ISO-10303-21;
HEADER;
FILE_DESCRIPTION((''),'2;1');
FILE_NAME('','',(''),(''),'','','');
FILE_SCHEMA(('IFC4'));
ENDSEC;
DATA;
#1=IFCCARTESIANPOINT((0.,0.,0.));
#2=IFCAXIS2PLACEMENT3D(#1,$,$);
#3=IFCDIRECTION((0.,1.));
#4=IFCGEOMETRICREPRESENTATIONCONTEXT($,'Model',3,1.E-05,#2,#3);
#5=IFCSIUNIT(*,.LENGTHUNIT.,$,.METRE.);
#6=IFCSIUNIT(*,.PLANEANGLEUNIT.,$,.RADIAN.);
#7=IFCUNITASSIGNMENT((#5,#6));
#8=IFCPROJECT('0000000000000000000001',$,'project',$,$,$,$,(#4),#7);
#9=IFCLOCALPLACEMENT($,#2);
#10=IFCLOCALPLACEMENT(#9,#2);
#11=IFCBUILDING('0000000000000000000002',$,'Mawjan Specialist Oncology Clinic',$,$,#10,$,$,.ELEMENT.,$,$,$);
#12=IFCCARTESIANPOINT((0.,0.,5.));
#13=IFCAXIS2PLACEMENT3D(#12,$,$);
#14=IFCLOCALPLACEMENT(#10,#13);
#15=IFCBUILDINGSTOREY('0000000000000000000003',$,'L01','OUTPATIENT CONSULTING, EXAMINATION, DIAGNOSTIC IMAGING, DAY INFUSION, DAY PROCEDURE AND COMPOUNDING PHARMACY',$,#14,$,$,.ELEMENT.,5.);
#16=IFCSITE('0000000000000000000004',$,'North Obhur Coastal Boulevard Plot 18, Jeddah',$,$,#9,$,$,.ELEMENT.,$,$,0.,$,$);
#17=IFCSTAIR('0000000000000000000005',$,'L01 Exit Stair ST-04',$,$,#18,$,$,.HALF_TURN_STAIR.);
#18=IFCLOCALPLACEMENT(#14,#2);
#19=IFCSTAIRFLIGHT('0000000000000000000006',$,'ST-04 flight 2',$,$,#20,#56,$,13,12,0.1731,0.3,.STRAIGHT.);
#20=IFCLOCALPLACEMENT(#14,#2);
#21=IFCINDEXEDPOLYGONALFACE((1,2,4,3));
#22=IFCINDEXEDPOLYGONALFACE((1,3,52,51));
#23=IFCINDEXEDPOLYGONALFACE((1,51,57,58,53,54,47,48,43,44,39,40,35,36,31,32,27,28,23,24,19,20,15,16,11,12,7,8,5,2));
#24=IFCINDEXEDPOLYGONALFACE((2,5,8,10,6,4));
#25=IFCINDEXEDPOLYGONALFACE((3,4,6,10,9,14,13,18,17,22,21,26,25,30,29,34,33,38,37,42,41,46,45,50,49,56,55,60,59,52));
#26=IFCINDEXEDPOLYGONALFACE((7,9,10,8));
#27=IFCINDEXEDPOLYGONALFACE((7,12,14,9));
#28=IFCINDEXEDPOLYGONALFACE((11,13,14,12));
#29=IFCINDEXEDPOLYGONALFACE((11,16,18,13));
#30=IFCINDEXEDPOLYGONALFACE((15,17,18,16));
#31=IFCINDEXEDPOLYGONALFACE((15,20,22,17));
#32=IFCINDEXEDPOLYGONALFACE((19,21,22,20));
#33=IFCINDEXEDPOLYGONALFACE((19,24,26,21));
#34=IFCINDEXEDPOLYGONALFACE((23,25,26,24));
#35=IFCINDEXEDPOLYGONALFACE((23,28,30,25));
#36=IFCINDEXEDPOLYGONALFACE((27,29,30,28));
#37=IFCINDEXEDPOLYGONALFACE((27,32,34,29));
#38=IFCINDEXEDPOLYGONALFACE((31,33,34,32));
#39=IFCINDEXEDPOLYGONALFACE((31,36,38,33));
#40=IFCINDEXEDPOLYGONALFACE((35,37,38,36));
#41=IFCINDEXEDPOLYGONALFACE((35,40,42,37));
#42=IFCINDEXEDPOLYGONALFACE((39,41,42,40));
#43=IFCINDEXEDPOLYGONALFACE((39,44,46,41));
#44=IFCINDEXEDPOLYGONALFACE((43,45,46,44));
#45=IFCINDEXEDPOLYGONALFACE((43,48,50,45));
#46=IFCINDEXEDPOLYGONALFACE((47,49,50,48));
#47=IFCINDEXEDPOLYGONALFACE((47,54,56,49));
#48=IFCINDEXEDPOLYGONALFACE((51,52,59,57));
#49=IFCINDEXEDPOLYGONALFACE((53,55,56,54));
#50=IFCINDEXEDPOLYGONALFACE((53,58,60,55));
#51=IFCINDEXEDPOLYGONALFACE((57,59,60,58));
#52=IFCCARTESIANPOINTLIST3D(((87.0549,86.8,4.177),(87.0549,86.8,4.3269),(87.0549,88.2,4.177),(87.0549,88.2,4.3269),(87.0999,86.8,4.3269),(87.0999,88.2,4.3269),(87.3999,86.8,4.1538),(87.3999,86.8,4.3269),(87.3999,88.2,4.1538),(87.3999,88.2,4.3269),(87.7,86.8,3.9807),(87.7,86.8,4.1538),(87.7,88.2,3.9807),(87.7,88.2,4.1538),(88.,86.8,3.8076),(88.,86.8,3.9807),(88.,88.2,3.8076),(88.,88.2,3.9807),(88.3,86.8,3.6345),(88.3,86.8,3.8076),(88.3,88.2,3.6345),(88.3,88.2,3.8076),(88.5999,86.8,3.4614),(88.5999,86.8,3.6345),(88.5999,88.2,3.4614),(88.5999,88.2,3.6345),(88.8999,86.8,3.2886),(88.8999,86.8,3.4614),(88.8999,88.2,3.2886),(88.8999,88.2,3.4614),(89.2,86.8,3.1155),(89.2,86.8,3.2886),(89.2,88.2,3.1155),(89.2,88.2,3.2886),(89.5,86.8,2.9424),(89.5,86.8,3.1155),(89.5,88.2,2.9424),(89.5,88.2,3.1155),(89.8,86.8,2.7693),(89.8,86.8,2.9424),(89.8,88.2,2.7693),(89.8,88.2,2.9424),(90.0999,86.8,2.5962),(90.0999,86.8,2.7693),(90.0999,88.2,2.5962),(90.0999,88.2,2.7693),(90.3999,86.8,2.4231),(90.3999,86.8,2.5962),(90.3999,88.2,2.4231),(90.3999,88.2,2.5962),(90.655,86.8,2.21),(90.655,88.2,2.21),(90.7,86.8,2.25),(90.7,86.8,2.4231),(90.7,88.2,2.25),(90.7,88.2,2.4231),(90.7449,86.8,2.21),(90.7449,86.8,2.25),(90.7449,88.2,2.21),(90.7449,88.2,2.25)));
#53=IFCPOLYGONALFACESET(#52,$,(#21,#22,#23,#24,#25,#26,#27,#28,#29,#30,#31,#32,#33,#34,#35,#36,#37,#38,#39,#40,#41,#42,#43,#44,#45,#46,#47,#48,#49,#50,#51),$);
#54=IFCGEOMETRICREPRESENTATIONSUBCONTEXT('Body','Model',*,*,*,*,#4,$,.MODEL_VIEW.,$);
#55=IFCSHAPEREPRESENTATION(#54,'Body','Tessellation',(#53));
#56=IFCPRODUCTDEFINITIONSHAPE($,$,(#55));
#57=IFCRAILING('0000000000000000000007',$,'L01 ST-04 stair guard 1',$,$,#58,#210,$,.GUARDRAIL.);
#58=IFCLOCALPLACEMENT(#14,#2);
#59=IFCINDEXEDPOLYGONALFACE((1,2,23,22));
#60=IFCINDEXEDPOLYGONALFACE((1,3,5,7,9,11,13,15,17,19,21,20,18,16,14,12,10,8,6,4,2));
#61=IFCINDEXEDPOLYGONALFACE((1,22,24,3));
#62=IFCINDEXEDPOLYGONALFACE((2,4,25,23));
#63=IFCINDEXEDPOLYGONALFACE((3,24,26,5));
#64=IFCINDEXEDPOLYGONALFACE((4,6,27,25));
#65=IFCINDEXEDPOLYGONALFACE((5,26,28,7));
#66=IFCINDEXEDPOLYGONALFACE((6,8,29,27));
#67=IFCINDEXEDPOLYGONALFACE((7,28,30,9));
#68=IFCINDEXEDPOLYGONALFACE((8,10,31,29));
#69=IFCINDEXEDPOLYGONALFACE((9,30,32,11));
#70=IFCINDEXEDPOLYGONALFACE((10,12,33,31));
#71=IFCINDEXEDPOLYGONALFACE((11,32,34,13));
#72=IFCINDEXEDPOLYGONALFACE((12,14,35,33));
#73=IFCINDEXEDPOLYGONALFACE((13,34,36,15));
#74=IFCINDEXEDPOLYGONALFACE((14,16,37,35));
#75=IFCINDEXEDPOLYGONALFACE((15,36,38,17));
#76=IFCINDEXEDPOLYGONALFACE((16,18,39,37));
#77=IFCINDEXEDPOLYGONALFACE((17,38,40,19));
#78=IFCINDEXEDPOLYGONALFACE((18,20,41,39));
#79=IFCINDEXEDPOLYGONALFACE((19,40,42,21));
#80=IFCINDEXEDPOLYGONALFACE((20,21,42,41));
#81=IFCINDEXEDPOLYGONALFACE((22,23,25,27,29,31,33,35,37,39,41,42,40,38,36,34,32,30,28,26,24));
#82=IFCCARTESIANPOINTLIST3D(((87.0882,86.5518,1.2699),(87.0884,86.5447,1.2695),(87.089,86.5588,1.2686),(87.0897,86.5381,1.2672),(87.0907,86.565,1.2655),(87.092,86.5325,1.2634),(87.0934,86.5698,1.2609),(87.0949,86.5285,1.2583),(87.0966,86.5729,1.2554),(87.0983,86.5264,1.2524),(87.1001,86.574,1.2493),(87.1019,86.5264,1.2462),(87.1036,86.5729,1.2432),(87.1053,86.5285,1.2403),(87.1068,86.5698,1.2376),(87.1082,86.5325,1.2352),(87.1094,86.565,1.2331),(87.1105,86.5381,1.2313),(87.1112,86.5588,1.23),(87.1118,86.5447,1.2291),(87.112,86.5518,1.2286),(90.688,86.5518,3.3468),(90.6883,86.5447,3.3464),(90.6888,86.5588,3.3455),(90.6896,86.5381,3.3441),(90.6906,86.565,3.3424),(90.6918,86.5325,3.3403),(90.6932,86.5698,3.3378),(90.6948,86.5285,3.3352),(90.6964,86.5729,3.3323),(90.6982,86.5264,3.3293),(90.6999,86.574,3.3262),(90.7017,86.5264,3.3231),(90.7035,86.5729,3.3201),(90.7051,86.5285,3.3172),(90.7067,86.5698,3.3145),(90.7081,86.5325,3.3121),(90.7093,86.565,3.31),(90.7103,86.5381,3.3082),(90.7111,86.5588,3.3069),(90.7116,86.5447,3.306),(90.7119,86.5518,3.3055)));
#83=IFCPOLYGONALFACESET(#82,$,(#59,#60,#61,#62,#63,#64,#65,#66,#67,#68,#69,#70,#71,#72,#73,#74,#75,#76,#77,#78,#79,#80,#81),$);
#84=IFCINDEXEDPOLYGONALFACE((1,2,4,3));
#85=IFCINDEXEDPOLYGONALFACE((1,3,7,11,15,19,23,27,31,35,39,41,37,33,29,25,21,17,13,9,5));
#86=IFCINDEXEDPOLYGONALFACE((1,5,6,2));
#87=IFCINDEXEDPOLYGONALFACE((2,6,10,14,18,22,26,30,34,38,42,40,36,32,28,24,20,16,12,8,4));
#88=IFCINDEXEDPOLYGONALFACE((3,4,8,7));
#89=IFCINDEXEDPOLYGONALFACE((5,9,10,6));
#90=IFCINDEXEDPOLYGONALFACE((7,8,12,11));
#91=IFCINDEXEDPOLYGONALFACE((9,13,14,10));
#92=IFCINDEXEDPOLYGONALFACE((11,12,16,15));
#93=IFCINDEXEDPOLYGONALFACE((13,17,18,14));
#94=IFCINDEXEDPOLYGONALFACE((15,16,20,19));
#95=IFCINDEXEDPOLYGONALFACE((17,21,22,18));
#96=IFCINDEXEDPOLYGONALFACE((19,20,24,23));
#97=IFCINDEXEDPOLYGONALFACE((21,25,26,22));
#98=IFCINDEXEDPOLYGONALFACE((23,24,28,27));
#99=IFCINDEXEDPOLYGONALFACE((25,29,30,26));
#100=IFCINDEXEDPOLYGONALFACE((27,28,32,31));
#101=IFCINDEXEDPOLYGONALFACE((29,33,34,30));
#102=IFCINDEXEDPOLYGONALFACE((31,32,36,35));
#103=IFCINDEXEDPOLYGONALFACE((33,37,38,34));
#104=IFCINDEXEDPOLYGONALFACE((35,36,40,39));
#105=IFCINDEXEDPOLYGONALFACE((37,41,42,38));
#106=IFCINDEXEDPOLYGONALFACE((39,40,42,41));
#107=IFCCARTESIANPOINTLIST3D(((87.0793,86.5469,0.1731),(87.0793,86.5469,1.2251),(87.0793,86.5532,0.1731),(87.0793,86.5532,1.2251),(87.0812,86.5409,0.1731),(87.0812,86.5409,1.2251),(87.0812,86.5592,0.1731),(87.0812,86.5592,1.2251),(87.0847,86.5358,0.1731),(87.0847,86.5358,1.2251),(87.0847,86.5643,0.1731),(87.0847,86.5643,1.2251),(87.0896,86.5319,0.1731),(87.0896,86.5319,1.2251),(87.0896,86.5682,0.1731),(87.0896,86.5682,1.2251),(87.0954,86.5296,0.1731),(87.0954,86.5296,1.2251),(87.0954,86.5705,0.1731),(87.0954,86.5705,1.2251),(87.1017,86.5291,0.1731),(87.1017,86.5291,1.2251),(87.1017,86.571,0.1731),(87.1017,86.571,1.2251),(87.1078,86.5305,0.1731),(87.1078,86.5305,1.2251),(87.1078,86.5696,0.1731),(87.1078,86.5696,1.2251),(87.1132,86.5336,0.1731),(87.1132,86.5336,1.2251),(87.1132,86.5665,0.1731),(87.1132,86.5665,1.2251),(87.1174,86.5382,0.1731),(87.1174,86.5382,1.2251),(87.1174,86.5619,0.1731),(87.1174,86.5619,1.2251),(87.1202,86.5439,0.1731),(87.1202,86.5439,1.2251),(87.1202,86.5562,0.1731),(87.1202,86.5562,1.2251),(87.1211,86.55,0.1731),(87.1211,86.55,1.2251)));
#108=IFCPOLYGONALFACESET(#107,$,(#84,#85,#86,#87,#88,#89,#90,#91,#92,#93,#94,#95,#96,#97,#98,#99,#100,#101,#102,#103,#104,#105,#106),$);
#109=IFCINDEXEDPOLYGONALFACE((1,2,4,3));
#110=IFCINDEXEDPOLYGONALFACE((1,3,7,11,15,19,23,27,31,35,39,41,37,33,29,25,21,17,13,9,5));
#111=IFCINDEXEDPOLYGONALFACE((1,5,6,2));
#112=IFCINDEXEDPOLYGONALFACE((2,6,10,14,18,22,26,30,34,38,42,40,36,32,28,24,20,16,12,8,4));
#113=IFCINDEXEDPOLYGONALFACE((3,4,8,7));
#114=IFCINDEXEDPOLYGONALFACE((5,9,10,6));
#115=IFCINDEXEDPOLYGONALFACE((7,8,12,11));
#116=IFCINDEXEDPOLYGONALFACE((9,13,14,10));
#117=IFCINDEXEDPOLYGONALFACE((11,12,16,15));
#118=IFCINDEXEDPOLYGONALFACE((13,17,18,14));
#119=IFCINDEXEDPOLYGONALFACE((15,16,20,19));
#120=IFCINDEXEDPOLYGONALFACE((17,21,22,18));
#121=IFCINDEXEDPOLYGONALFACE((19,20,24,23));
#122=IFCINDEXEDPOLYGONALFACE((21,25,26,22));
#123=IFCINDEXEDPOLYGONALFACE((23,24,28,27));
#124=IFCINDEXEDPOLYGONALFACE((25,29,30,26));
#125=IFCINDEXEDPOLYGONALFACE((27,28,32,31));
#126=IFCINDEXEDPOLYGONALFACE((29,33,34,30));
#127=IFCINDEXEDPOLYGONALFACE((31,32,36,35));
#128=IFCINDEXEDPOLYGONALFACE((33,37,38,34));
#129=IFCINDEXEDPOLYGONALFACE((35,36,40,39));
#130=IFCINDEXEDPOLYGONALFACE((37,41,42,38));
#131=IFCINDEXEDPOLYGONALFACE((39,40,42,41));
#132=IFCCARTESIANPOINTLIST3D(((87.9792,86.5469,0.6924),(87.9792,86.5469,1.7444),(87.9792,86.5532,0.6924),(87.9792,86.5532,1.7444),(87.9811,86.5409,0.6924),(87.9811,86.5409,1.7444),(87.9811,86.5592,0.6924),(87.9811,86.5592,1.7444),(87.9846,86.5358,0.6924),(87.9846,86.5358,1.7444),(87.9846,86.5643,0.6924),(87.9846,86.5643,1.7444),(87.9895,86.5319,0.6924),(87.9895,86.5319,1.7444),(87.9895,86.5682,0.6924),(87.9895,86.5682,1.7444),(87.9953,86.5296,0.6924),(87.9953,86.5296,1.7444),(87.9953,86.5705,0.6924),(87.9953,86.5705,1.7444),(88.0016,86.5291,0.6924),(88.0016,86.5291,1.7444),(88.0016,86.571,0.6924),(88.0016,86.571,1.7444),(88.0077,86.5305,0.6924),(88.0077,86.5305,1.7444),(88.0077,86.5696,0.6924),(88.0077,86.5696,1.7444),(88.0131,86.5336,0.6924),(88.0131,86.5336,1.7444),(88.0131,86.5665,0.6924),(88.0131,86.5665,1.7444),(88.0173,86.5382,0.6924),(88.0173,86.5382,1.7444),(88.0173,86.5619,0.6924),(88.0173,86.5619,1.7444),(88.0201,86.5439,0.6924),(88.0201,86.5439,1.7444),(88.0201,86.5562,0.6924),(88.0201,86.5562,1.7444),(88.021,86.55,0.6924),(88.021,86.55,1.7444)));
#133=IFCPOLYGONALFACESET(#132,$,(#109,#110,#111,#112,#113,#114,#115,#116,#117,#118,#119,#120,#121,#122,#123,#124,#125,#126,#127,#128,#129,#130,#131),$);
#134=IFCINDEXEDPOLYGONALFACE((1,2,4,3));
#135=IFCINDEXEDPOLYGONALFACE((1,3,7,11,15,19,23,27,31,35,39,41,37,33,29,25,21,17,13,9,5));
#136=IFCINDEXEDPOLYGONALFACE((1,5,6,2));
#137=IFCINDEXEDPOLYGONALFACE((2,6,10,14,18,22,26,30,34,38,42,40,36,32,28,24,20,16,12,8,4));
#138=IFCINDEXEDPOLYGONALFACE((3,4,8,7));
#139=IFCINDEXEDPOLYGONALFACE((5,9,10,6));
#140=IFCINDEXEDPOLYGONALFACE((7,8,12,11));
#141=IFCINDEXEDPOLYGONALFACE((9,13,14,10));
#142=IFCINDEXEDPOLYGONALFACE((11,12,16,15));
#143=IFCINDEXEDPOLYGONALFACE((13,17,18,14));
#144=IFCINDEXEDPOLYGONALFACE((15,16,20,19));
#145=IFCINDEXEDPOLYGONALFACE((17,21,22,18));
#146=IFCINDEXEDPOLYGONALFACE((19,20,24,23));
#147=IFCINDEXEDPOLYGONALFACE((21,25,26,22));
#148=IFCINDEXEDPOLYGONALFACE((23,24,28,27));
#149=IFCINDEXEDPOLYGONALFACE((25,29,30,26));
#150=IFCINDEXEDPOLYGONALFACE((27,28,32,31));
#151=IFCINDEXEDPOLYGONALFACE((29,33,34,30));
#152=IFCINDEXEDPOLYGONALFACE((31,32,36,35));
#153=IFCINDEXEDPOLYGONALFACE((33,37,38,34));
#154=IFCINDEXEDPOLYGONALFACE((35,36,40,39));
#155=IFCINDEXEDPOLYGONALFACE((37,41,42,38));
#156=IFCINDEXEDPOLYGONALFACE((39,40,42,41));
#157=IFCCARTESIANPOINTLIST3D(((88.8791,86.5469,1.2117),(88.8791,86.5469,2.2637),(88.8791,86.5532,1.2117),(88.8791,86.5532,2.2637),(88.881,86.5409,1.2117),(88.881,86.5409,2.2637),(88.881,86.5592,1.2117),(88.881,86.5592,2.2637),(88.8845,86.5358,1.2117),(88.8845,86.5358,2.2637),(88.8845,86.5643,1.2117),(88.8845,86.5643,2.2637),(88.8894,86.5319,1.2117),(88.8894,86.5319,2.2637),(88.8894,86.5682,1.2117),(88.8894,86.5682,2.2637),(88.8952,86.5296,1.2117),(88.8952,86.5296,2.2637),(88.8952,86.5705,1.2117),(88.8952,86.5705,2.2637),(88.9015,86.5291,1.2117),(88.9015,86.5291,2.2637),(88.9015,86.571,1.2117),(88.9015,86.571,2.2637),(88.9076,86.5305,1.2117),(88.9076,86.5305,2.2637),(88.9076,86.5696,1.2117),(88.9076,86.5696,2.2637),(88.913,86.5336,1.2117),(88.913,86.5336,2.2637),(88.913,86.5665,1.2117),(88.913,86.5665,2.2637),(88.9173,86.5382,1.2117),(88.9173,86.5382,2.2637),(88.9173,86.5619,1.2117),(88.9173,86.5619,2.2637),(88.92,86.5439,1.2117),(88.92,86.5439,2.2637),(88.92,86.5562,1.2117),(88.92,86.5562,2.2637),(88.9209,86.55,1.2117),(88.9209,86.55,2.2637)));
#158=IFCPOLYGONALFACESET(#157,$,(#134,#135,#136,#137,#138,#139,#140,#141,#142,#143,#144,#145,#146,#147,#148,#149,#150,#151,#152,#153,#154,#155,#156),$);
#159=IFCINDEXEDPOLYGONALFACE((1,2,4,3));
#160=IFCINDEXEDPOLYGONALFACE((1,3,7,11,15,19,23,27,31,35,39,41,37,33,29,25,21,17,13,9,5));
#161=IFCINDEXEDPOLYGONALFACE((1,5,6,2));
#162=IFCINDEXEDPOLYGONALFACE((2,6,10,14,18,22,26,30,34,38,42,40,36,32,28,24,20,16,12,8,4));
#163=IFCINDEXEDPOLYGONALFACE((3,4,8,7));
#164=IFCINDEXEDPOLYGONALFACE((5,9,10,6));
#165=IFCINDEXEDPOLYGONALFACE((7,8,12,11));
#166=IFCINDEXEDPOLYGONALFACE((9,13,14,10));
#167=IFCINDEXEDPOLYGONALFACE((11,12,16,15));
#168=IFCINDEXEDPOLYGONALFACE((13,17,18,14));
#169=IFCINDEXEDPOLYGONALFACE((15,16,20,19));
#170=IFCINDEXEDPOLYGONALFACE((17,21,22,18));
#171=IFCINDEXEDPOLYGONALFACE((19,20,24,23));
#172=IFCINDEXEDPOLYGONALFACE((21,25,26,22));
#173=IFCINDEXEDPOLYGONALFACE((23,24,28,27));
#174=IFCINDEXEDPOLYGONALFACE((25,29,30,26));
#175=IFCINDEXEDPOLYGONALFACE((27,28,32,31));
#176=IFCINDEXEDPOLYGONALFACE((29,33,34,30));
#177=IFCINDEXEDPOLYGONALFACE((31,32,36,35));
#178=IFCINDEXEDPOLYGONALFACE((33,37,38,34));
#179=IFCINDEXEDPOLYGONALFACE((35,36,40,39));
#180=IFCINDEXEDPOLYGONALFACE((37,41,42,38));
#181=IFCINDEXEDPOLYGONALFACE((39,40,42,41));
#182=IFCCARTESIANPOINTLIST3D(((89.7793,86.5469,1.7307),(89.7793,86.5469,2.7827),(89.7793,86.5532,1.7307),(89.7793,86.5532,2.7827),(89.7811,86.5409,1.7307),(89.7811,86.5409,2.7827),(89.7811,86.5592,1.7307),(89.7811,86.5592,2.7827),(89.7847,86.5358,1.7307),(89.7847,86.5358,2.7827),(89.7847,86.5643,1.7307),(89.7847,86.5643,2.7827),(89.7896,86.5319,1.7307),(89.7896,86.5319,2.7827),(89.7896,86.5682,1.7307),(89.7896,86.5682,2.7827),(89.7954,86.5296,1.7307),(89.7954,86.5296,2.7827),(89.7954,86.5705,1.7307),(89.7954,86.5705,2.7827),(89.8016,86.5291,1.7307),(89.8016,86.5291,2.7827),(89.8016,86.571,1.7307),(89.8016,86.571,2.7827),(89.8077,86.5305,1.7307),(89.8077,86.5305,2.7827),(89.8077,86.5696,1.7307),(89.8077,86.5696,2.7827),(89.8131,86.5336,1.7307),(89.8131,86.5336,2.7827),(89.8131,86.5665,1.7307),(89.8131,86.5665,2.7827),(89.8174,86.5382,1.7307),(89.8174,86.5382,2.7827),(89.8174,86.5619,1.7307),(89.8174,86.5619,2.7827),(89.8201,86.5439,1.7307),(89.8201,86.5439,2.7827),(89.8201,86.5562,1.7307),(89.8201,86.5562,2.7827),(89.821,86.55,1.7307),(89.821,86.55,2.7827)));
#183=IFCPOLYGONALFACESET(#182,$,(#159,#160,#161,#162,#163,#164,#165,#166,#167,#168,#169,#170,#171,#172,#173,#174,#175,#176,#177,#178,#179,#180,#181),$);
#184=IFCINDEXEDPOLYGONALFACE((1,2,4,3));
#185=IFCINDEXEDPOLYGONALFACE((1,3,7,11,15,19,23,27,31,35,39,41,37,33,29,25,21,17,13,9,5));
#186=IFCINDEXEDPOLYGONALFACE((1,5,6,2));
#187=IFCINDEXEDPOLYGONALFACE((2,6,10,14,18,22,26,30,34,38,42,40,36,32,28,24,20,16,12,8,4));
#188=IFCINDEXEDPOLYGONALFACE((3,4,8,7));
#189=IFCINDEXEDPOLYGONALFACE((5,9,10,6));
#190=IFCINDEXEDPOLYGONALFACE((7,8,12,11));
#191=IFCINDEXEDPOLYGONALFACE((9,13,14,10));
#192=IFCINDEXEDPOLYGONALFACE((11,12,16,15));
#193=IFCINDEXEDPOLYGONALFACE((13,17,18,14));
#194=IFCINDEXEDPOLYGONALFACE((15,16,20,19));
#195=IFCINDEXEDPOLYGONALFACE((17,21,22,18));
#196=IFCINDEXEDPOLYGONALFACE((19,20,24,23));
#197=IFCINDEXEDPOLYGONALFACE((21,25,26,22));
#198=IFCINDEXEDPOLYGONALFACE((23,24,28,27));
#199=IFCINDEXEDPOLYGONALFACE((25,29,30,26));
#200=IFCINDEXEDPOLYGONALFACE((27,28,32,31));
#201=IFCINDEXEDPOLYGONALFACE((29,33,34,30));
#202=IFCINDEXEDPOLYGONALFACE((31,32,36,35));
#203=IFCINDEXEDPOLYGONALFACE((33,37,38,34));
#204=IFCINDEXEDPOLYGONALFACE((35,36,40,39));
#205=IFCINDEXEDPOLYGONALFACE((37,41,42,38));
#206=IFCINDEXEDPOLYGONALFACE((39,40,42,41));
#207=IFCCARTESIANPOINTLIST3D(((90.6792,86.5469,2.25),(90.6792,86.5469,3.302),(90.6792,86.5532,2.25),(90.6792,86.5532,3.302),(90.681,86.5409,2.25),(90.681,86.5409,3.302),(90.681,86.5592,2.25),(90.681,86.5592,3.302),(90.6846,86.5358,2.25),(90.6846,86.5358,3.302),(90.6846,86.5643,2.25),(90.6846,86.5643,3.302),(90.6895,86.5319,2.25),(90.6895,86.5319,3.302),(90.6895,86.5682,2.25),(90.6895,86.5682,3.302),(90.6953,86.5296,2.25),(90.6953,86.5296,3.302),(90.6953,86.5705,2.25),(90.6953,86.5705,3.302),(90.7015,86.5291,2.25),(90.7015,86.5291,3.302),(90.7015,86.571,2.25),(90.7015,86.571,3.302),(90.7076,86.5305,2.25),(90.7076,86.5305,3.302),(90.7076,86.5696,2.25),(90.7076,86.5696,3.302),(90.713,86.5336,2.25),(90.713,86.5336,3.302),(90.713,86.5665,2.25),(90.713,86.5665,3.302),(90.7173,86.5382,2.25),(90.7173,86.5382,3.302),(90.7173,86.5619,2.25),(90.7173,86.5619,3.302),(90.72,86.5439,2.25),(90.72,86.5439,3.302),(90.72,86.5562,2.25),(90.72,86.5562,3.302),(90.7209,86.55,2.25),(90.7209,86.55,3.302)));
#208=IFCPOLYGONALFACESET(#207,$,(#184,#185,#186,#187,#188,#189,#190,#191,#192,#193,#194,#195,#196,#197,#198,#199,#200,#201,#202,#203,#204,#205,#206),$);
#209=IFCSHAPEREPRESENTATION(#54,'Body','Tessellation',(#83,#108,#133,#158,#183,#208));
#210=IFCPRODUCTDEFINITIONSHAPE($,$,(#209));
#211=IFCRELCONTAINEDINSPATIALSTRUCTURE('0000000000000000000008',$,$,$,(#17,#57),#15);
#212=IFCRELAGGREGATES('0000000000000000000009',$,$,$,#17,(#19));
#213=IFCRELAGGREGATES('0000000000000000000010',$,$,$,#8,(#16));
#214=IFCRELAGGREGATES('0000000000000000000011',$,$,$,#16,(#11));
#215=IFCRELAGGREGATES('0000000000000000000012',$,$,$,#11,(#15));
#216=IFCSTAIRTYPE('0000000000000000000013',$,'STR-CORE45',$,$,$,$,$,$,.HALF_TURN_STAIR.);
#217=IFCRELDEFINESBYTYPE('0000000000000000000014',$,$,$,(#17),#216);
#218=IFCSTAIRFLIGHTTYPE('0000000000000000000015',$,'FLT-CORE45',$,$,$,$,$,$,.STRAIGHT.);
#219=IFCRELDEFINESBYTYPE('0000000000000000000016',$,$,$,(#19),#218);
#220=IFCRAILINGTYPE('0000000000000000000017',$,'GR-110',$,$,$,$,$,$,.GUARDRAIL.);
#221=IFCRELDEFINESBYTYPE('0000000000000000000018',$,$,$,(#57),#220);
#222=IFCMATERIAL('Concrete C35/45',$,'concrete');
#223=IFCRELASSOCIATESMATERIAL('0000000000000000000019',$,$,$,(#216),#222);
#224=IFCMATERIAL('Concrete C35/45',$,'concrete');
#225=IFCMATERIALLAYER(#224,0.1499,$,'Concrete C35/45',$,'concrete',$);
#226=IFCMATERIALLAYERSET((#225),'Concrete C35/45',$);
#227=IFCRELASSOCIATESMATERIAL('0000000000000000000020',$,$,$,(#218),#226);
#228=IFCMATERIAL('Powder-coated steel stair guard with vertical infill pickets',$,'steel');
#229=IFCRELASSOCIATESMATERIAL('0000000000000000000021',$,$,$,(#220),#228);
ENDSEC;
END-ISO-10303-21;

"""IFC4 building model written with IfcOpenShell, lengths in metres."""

from ifc_helpers import new_model, si_unit, direction, frame, origin, origin_2d, place, context, subcontext, project, spatial, polyline, circle, outline, extrude, material, layer, layer_set, type_object, element, aggregate, save


model = new_model("IFC4")

# Units and contexts
model_context = context("Model", 3, precision=1e-05, world=origin(), true_north=direction((0.0, 1.0)))
body_context = subcontext(model_context, "Body", "Model", "MODEL_VIEW")
ifc_project = project(units=[si_unit("LENGTHUNIT", "METRE"), si_unit("PLANEANGLEUNIT", "RADIAN")], contexts=[model_context])

# Site, building, storey
site_placement = place(None, origin())
site = spatial("IfcSite", under=ifc_project, at=site_placement, Name="North Obhur Coastal Boulevard Plot 18, Jeddah", CompositionType="ELEMENT", RefElevation=0.0)
building_placement = place(site_placement, origin())
building = spatial("IfcBuilding", under=site, at=building_placement, Name="Mawjan Specialist Oncology Clinic", CompositionType="ELEMENT")
storey_placement = place(building_placement, frame((0.0, 0.0, 5.0)))
storey = spatial("IfcBuildingStorey", under=building, at=storey_placement, Name="L01", Description="OUTPATIENT CONSULTING, EXAMINATION, DIAGNOSTIC IMAGING, DAY INFUSION, DAY PROCEDURE AND COMPOUNDING PHARMACY", CompositionType="ELEMENT", Elevation=5.0)

# Stair, stair flight
ifc_material_1 = material(Name="Concrete C35/45", Category="concrete")
stair_type = type_object("IfcStairType", Name="STR-CORE45", PredefinedType="HALF_TURN_STAIR", material=ifc_material_1)
stair_placement = place(storey_placement, origin())
stair = element("IfcStair", 1, at=stair_placement, inside=storey, type_object=stair_type, Name="L01 Exit Stair ST-04", PredefinedType="HALF_TURN_STAIR")
ifc_material_2 = material(Name="Concrete C35/45", Category="concrete")
ifc_layer_1 = layer(ifc_material_2, 0.1499, Name="Concrete C35/45", Category="concrete")
ifc_layer_set_1 = layer_set([ifc_layer_1], Name="Concrete C35/45")
stair_flight_type = type_object("IfcStairFlightType", Name="FLT-CORE45", PredefinedType="STRAIGHT", material=ifc_layer_set_1)
stair_flight_1_placement = place(storey_placement, frame((90.7, 87.5, 2.25), z_axis=(0.0, 0.0, 1.0), x_axis=(-1.0, 0.0, 0.0)))
stair_flight_1 = element("IfcStairFlight", 2, at=stair_flight_1_placement, type_object=stair_flight_type, Name="ST-04 flight 2", NumberOfRisers=13, NumberOfTreads=12, PredefinedType="STRAIGHT", RiserHeight=0.1731, TreadLength=0.3, context=body_context, shape_type="SweptSolid", body=[
    extrude(outline(polyline([(-0.0449, -0.04), (-0.0449, 0.0), (0.0, 0.0), (0.0, 0.1731), (0.3, 0.1731), (0.3, 0.3462), (0.6001, 0.3462), (0.6001, 0.5193), (0.8999, 0.5193), (0.8999, 0.6924), (1.2, 0.6924), (1.2, 0.8655), (1.5, 0.8655), (1.5, 1.0386), (1.8, 1.0386), (1.8, 1.2114), (2.1001, 1.2114), (2.1001, 1.3845), (2.3999, 1.3845), (2.3999, 1.5576), (2.7, 1.5576), (2.7, 1.7307), (3.0, 1.7307), (3.0, 1.9038), (3.3, 1.9038), (3.3, 2.0769), (3.6001, 2.0769), (3.645, 2.0769), (3.645, 1.927), (0.0449, -0.04), (-0.0449, -0.04)])), frame((0.0, 0.7, 0.0), z_axis=(0.0, -1.0, 0.0), x_axis=(1.0, 0.0, 0.0)), (0.0, 0.0, 1.0), 1.3999),
])
aggregate(stair, [stair_flight_1])

# Railing
ifc_material_3 = material(Name="Powder-coated steel stair guard with vertical infill pickets", Category="steel")
railing_type_1 = type_object("IfcRailingType", Name="GR-110", PredefinedType="GUARDRAIL", material=ifc_material_3)
railing_1_placement = place(storey_placement, frame((87.1001, 86.55, 0.1731)))
element("IfcRailing", 3, at=railing_1_placement, inside=storey, type_object=railing_type_1, Name="L01 ST-04 stair guard 1", PredefinedType="GUARDRAIL", context=body_context, shape_type="SweptSolid", body=[
    extrude(circle(Radius=0.0239, at=origin_2d()), frame((0.0, 0.0, 1.0762), z_axis=(0.866179, 0.0, 0.499734), x_axis=(0.0, 1.0, 0.0)), (0.0, 0.0, 1.0), 4.156),
    extrude(circle(Radius=0.021, at=origin_2d()), origin(), (0.0, 0.0, 1.0), 1.052),
    extrude(circle(Radius=0.021, at=origin_2d()), frame((0.8999, 0.0, 0.5193)), (0.0, 0.0, 1.0), 1.052),
    extrude(circle(Radius=0.021, at=origin_2d()), frame((1.7998, 0.0, 1.0386)), (0.0, 0.0, 1.0), 1.052),
    extrude(circle(Radius=0.021, at=origin_2d()), frame((2.7, 0.0, 1.5576)), (0.0, 0.0, 1.0), 1.052),
    extrude(circle(Radius=0.021, at=origin_2d()), frame((3.5999, 0.0, 2.0769)), (0.0, 0.0, 1.0), 1.052),
])

save(model, "model.ifc")
